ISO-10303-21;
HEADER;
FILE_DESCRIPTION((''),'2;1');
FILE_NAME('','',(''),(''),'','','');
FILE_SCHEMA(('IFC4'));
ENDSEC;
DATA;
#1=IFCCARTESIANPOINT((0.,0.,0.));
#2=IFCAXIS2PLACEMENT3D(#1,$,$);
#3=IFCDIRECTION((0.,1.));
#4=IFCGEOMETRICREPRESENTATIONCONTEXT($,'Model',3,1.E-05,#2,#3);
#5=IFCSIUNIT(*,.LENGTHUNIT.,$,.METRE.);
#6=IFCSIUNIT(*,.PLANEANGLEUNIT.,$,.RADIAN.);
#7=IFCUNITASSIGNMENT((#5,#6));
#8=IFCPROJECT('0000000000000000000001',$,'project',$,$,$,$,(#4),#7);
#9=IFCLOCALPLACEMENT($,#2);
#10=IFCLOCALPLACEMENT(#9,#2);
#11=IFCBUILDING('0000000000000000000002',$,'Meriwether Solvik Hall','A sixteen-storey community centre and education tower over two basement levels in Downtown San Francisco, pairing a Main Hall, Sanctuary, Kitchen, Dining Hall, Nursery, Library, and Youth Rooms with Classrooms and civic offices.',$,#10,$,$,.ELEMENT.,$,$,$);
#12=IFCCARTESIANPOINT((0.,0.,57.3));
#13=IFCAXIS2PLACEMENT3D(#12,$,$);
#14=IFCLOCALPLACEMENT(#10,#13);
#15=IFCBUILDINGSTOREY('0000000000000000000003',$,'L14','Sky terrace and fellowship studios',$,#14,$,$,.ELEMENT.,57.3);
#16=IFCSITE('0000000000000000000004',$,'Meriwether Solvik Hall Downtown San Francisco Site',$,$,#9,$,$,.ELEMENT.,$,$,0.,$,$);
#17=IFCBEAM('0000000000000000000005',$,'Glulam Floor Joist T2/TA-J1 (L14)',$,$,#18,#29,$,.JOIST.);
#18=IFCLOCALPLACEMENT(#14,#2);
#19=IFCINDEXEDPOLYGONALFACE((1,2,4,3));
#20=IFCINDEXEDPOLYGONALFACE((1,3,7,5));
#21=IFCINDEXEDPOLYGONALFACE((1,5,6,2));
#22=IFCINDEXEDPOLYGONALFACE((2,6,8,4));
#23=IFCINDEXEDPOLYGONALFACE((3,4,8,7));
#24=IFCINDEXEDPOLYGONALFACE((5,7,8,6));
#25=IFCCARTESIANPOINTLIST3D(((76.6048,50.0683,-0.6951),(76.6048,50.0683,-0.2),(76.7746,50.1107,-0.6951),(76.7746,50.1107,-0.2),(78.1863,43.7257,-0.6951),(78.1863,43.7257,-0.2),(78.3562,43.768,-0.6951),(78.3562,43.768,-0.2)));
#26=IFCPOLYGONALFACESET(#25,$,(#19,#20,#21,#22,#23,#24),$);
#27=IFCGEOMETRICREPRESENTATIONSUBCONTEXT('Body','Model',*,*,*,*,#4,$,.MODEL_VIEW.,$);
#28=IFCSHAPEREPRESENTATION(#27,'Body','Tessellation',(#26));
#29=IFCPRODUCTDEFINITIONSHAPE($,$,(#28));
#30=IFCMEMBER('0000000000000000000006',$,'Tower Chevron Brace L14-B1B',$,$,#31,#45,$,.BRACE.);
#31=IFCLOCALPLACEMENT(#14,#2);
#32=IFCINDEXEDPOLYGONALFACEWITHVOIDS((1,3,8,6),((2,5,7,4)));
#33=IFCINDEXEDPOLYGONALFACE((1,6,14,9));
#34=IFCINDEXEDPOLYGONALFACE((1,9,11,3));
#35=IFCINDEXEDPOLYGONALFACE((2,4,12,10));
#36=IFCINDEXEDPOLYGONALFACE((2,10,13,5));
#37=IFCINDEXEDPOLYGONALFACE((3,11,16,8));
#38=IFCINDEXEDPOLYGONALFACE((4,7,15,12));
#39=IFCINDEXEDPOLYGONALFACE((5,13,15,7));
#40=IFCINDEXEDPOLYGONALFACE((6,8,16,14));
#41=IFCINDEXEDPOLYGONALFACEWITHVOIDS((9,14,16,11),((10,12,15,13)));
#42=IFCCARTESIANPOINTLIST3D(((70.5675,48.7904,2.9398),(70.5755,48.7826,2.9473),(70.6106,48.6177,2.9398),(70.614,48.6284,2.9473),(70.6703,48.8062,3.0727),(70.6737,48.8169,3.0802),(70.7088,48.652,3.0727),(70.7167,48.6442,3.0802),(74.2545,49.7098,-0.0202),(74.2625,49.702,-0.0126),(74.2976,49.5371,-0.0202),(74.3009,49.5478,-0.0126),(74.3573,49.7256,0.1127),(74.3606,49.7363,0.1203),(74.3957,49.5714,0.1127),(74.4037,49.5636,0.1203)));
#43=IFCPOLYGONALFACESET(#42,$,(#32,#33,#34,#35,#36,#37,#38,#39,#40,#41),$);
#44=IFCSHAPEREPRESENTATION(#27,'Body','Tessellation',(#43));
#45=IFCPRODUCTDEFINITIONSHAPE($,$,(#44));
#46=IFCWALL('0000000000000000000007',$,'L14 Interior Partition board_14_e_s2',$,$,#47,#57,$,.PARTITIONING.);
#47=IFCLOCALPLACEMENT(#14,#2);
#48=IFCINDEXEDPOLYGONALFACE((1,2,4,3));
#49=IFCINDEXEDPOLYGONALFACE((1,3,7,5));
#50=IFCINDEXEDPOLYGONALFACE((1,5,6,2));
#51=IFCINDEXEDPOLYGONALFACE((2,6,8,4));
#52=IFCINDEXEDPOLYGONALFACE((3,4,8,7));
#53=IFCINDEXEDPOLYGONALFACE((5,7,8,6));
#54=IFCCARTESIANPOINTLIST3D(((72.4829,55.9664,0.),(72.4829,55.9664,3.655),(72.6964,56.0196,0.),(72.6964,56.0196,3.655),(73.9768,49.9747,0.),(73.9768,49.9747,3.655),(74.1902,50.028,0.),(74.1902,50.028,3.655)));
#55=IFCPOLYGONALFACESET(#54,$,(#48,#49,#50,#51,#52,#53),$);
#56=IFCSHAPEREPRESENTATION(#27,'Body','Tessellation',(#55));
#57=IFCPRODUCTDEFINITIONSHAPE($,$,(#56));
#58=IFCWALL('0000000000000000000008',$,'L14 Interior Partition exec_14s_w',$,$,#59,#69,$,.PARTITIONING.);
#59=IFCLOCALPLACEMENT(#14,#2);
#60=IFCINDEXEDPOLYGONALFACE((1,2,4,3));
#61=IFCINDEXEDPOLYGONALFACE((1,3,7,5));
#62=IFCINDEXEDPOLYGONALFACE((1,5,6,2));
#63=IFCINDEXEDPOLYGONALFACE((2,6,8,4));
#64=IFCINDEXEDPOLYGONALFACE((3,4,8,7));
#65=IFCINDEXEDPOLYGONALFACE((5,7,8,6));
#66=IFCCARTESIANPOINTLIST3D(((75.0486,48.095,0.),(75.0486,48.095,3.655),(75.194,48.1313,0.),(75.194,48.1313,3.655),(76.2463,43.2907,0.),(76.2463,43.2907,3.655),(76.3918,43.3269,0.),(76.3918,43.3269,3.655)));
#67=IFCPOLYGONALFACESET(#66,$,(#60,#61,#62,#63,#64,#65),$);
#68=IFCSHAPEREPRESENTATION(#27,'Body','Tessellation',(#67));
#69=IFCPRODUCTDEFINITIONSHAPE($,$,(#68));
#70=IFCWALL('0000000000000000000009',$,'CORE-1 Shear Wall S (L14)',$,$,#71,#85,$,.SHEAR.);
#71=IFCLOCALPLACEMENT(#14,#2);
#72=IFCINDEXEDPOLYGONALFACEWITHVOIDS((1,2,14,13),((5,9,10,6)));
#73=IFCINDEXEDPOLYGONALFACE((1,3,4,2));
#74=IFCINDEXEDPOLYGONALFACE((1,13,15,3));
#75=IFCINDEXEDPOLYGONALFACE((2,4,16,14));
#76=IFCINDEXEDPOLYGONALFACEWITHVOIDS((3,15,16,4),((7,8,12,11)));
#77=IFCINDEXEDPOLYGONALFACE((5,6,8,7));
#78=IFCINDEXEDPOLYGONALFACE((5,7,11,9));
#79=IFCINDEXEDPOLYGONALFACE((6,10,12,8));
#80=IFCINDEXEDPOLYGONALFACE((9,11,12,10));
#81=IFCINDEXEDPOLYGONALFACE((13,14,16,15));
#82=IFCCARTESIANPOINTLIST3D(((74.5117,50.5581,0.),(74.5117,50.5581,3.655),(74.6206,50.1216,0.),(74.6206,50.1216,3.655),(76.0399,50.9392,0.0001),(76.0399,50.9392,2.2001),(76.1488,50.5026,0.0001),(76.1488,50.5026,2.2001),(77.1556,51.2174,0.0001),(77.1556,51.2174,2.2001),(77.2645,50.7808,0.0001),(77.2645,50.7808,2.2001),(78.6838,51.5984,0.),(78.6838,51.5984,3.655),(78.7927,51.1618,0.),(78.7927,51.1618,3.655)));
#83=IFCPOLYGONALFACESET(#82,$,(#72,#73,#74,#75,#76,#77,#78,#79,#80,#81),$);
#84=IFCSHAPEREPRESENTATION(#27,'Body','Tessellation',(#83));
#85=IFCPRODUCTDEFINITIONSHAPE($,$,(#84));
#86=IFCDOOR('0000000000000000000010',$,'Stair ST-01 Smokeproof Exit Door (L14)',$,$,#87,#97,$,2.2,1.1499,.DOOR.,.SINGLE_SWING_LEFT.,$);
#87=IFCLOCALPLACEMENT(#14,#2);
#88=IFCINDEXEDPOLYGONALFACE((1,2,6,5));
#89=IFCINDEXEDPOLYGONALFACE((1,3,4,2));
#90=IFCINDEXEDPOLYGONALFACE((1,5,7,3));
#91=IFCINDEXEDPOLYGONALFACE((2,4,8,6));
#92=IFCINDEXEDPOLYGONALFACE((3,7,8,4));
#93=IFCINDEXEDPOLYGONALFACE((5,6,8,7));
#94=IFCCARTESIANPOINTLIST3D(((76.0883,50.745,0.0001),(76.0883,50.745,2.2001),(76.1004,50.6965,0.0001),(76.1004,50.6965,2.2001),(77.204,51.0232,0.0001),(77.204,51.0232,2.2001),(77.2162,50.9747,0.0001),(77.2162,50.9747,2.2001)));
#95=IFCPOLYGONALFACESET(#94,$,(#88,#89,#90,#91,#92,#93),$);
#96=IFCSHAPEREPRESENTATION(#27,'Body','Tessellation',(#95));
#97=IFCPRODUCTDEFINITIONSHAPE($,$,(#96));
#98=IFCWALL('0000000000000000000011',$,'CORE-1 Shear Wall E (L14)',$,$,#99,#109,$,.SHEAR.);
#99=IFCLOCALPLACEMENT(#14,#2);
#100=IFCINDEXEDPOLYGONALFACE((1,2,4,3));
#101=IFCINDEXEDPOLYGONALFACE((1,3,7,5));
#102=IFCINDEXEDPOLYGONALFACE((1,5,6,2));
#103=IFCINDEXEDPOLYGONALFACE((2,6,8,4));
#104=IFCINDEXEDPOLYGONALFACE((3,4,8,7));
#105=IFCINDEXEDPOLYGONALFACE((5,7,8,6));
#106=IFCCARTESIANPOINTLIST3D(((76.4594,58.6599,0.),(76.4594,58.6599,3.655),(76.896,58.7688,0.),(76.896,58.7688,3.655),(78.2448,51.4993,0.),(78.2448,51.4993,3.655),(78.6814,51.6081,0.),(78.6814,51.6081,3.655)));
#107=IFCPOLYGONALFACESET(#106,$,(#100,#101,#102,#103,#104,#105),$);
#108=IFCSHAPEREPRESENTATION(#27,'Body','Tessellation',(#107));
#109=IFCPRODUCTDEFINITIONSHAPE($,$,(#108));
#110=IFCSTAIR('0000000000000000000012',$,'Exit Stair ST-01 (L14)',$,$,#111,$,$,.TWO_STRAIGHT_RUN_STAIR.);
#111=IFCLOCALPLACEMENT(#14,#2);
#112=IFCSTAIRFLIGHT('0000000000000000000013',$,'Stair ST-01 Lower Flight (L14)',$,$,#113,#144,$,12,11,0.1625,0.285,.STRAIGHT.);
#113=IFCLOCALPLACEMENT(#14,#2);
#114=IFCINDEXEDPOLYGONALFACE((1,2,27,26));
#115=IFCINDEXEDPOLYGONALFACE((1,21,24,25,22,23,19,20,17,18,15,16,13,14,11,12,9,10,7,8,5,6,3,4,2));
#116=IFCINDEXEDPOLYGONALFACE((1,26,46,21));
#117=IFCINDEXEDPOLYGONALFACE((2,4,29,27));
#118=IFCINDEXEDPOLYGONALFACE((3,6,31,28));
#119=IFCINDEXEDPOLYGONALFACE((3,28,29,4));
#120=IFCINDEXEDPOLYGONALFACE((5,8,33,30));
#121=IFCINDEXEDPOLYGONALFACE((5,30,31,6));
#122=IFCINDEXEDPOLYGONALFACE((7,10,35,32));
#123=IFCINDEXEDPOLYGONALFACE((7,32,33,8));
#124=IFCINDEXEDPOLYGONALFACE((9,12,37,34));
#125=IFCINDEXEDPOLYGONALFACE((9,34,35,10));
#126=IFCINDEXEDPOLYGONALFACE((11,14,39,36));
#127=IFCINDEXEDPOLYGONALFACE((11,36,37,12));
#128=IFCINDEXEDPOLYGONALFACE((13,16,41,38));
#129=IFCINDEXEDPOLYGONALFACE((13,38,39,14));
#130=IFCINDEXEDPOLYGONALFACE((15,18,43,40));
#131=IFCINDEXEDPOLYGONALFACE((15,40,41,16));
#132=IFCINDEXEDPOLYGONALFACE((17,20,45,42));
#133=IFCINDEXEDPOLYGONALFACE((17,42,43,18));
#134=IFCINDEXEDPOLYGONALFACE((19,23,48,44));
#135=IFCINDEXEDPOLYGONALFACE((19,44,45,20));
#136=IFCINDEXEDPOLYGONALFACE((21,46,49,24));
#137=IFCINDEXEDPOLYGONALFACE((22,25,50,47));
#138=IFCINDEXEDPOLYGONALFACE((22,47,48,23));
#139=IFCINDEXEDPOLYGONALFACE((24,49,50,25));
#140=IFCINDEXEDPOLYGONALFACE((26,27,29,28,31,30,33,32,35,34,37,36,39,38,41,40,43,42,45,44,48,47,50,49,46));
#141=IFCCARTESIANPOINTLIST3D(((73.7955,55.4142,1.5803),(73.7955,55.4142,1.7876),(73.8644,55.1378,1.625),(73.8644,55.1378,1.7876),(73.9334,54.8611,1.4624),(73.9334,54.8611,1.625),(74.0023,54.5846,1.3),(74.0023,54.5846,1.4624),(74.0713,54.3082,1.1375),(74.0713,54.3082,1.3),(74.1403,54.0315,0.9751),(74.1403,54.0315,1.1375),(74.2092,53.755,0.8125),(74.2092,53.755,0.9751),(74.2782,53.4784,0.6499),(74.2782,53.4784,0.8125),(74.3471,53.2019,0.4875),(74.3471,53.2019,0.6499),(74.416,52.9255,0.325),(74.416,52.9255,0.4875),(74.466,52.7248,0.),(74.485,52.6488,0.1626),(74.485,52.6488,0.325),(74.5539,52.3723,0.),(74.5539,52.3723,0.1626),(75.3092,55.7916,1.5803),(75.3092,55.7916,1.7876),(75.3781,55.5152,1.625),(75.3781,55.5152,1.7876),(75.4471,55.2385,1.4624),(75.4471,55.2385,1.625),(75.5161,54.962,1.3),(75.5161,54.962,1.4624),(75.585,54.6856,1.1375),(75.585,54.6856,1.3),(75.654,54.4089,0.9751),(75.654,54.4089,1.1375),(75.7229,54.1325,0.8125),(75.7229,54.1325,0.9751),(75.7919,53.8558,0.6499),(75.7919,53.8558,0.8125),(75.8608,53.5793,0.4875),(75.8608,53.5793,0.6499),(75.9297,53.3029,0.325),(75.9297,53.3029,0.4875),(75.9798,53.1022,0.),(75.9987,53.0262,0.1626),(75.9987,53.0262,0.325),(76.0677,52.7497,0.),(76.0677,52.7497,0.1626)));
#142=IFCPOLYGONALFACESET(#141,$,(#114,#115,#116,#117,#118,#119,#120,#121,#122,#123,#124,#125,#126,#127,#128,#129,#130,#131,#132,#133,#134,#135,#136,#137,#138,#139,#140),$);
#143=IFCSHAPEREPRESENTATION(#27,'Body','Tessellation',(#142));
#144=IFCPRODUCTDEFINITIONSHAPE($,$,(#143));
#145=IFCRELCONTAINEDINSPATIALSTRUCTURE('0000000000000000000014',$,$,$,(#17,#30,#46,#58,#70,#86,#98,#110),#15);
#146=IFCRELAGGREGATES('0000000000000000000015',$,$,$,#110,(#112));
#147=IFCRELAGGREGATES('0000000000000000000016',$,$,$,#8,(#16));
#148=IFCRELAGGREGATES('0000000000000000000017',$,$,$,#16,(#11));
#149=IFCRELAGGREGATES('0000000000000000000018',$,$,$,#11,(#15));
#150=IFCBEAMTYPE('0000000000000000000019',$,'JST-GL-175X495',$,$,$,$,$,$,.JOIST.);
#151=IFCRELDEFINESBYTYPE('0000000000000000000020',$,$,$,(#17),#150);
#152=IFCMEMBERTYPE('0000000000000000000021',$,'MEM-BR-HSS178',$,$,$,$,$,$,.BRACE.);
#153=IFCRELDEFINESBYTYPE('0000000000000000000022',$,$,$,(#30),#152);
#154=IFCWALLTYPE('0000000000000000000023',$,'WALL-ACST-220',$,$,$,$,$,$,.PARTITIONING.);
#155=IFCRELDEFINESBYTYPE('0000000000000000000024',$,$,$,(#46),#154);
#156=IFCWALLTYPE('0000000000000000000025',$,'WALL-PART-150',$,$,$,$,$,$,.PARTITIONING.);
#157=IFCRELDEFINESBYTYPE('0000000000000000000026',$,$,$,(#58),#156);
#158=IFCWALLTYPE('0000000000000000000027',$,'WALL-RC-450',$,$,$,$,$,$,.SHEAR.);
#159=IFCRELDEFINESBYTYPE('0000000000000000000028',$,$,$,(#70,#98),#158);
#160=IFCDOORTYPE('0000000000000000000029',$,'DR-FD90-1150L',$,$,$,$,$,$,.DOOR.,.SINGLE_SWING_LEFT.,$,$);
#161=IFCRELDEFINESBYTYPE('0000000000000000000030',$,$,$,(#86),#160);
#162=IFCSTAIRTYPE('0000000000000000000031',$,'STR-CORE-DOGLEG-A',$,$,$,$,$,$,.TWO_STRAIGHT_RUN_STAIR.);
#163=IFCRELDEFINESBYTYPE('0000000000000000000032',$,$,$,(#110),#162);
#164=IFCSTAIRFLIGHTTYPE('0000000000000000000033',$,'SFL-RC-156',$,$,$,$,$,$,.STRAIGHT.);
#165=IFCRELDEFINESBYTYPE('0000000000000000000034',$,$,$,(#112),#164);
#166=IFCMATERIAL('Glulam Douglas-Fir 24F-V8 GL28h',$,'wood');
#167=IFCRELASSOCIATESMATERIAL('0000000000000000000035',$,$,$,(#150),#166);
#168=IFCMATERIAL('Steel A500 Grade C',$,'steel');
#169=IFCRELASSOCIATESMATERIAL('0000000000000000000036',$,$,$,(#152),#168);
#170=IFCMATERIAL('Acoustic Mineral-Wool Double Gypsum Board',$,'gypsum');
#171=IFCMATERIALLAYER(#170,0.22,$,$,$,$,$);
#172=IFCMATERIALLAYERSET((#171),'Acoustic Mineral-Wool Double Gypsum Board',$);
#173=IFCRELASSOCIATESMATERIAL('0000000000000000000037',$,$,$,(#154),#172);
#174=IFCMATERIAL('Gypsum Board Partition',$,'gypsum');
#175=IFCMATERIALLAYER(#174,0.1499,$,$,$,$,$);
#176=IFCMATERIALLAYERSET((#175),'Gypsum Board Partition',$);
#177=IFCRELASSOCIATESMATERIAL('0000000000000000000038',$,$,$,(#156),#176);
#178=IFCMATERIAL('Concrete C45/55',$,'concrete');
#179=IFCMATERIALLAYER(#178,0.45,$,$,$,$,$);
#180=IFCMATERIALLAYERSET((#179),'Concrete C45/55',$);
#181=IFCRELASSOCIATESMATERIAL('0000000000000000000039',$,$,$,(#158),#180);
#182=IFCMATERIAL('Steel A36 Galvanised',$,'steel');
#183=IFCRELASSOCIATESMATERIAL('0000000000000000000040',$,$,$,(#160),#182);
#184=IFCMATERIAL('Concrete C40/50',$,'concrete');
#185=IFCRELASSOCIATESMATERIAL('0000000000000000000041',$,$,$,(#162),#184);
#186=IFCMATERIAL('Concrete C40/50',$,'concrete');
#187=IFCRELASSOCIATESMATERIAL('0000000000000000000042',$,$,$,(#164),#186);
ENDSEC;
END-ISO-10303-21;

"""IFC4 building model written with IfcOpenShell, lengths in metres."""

from ifc_helpers import new_model, si_unit, direction, frame, frame_2d, origin, origin_2d, place, context, subcontext, project, spatial, polyline, rectangle, hollow_rectangle, outline, extrude, material, layer, layer_set, material_profile, profile_set, type_object, element, fill, aggregate, save


model = new_model("IFC4")

# Units and contexts
model_context = context("Model", 3, precision=1e-05, world=origin(), true_north=direction((0.0, 1.0)))
body_context = subcontext(model_context, "Body", "Model", "MODEL_VIEW")
ifc_project = project(units=[si_unit("LENGTHUNIT", "METRE"), si_unit("PLANEANGLEUNIT", "RADIAN")], contexts=[model_context])

# Site, building, storey
site_placement = place(None, origin())
site = spatial("IfcSite", under=ifc_project, at=site_placement, Name="Meriwether Solvik Hall Downtown San Francisco Site", CompositionType="ELEMENT", RefElevation=0.0)
building_placement = place(site_placement, origin())
building = spatial("IfcBuilding", under=site, at=building_placement, Name="Meriwether Solvik Hall", Description="A sixteen-storey community centre and education tower over two basement levels in Downtown San Francisco, pairing a Main Hall, Sanctuary, Kitchen, Dining Hall, Nursery, Library, and Youth Rooms with Classrooms and civic offices.", CompositionType="ELEMENT")
storey_placement = place(building_placement, frame((0.0, 0.0, 57.3)))
storey = spatial("IfcBuildingStorey", under=building, at=storey_placement, Name="L14", Description="Sky terrace and fellowship studios", CompositionType="ELEMENT", Elevation=57.3)

# Beam
ifc_material_1 = material(Name="Glulam Douglas-Fir 24F-V8 GL28h", Category="wood")
ifc_material_profile_1 = material_profile(ifc_material_1, rectangle(XDim=0.175, YDim=0.4951, at=origin_2d()), Name="GLJ-175X495")
ifc_profile_set_1 = profile_set([ifc_material_profile_1], Name="Glulam Douglas-Fir 24F-V8 GL28h")
beam_type_1 = type_object("IfcBeamType", Name="JST-GL-175X495", PredefinedType="JOIST", material=ifc_profile_set_1)
beam_1_placement = place(storey_placement, frame((78.2712, 43.7468, -0.4475), z_axis=(-0.241938, 0.970292, 0.0), x_axis=(-0.970292, -0.241938, 0.0)))
element("IfcBeam", 1, at=beam_1_placement, inside=storey, type_object=beam_type_1, Name="Glulam Floor Joist T2/TA-J1 (L14)", PredefinedType="JOIST", context=body_context, shape_type="SweptSolid", body=[
    extrude(rectangle(XDim=0.175, YDim=0.4951, at=origin_2d()), origin(), (0.0, 0.0, 1.0), 6.5369),
])

# Member
ifc_material_2 = material(Name="Steel A500 Grade C", Category="steel")
ifc_material_profile_2 = material_profile(ifc_material_2, hollow_rectangle(XDim=0.178, YDim=0.178, WallThickness=0.0095, at=origin_2d()), Name="HSS178X178X9.5")
ifc_profile_set_2 = profile_set([ifc_material_profile_2], Name="Steel A500 Grade C")
member_type_1 = type_object("IfcMemberType", Name="MEM-BR-HSS178", PredefinedType="BRACE", material=ifc_profile_set_2)
member_1_placement = place(storey_placement, frame((74.3291, 49.6367, 0.05), z_axis=(-0.765461, -0.190884, 0.614518), x_axis=(0.241961, -0.970286, 0.0)))
element("IfcMember", 2, at=member_1_placement, inside=storey, type_object=member_type_1, Name="Tower Chevron Brace L14-B1B", PredefinedType="BRACE", context=body_context, shape_type="SweptSolid", body=[
    extrude(hollow_rectangle(XDim=0.178, YDim=0.178, WallThickness=0.0095, at=origin_2d()), origin(), (0.0, 0.0, 1.0), 4.8167),
])

# Walls
ifc_material_3 = material(Name="Acoustic Mineral-Wool Double Gypsum Board", Category="gypsum")
ifc_layer_1 = layer(ifc_material_3, 0.22)
ifc_layer_set_1 = layer_set([ifc_layer_1], Name="Acoustic Mineral-Wool Double Gypsum Board")
wall_type_1 = type_object("IfcWallType", Name="WALL-ACST-220", PredefinedType="PARTITIONING", material=ifc_layer_set_1)
wall_1_placement = place(storey_placement, frame((74.0835, 50.0015, 0.0), z_axis=(0.0, 0.0, 1.0), x_axis=(-0.241922, 0.970296, 0.0)))
element("IfcWall", 3, at=wall_1_placement, inside=storey, type_object=wall_type_1, Name="L14 Interior Partition board_14_e_s2", PredefinedType="PARTITIONING", context=body_context, shape_type="SweptSolid", body=[
    extrude(rectangle(XDim=6.175, YDim=0.22, at=frame_2d((3.0874, 0.0))), origin(), (0.0, 0.0, 1.0), 3.655),
])
ifc_material_4 = material(Name="Gypsum Board Partition", Category="gypsum")
ifc_layer_2 = layer(ifc_material_4, 0.1499)
ifc_layer_set_2 = layer_set([ifc_layer_2], Name="Gypsum Board Partition")
wall_type_2 = type_object("IfcWallType", Name="WALL-PART-150", PredefinedType="PARTITIONING", material=ifc_layer_set_2)
wall_2_placement = place(storey_placement, frame((75.1213, 48.113, 0.0), z_axis=(0.0, 0.0, 1.0), x_axis=(0.241897, -0.970302, 0.0)))
element("IfcWall", 4, at=wall_2_placement, inside=storey, type_object=wall_type_2, Name="L14 Interior Partition exec_14s_w", PredefinedType="PARTITIONING", context=body_context, shape_type="SweptSolid", body=[
    extrude(rectangle(XDim=4.9514, YDim=0.1499, at=frame_2d((2.4756, 0.0))), origin(), (0.0, 0.0, 1.0), 3.655),
])

# Wall, opening, door
ifc_material_5 = material(Name="Concrete C45/55", Category="concrete")
ifc_layer_3 = layer(ifc_material_5, 0.45)
ifc_layer_set_3 = layer_set([ifc_layer_3], Name="Concrete C45/55")
wall_type_3 = type_object("IfcWallType", Name="WALL-RC-450", PredefinedType="SHEAR", material=ifc_layer_set_3)
wall_3_placement = place(storey_placement, frame((74.5662, 50.3398, 0.0), z_axis=(0.0, 0.0, 1.0), x_axis=(0.970293, 0.241934, 0.0)))
wall_3 = element("IfcWall", 5, at=wall_3_placement, inside=storey, type_object=wall_type_3, Name="CORE-1 Shear Wall S (L14)", PredefinedType="SHEAR", context=body_context, shape_type="SweptSolid", body=[
    extrude(rectangle(XDim=4.2998, YDim=0.45, at=frame_2d((2.1499, 0.0))), origin(), (0.0, 0.0, 1.0), 3.655),
])
opening_placement = place(wall_3_placement, frame((1.575, 0.0, 0.0)))
opening = element("IfcOpeningElement", 6, at=opening_placement, cuts=wall_3, PredefinedType="OPENING", context=body_context, shape_type="SweptSolid", body=[
    extrude(rectangle(XDim=1.1499, YDim=2.2, at=frame_2d((0.575, 1.1001))), frame((0.0, 0.2368, 0.0), z_axis=(0.0, -1.0, 0.0), x_axis=(1.0, 0.0, 0.0)), (0.0, 0.0, 1.0), 0.4739),
])
ifc_material_6 = material(Name="Steel A36 Galvanised", Category="steel")
door_type = type_object("IfcDoorType", Name="DR-FD90-1150L", OperationType="SINGLE_SWING_LEFT", PredefinedType="DOOR", material=ifc_material_6)
door_placement = place(opening_placement, origin())
door = element("IfcDoor", 7, at=door_placement, inside=storey, type_object=door_type, Name="Stair ST-01 Smokeproof Exit Door (L14)", OperationType="SINGLE_SWING_LEFT", OverallHeight=2.2, OverallWidth=1.1499, PredefinedType="DOOR", context=body_context, shape_type="SweptSolid", body=[
    extrude(rectangle(XDim=1.1499, YDim=2.2, at=frame_2d((0.575, 1.1001))), frame((0.0, 0.0249, 0.0), z_axis=(0.0, -1.0, 0.0), x_axis=(1.0, 0.0, 0.0)), (0.0, 0.0, 1.0), 0.05),
])
fill(opening, door)

# Wall
wall_4_placement = place(storey_placement, frame((78.4631, 51.5537, 0.0), z_axis=(0.0, 0.0, 1.0), x_axis=(-0.241928, 0.970294, 0.0)))
element("IfcWall", 8, at=wall_4_placement, inside=storey, type_object=wall_type_3, Name="CORE-1 Shear Wall E (L14)", PredefinedType="SHEAR", context=body_context, shape_type="SweptSolid", body=[
    extrude(rectangle(XDim=7.3799, YDim=0.45, at=frame_2d((3.6899, 0.0))), origin(), (0.0, 0.0, 1.0), 3.655),
])

# Stair, stair flight
ifc_material_7 = material(Name="Concrete C40/50", Category="concrete")
stair_type = type_object("IfcStairType", Name="STR-CORE-DOGLEG-A", PredefinedType="TWO_STRAIGHT_RUN_STAIR", material=ifc_material_7)
stair_placement = place(storey_placement, origin())
stair = element("IfcStair", 9, at=stair_placement, inside=storey, type_object=stair_type, Name="Exit Stair ST-01 (L14)", PredefinedType="TWO_STRAIGHT_RUN_STAIR")
ifc_material_8 = material(Name="Concrete C40/50", Category="concrete")
stair_flight_type = type_object("IfcStairFlightType", Name="SFL-RC-156", PredefinedType="STRAIGHT", material=ifc_material_8)
stair_flight_1_placement = place(storey_placement, frame((75.3108, 52.561, 0.0), z_axis=(0.0, 0.0, 1.0), x_axis=(-0.241922, 0.970296, 0.0)))
stair_flight_1 = element("IfcStairFlight", 10, at=stair_flight_1_placement, type_object=stair_flight_type, Name="Stair ST-01 Lower Flight (L14)", NumberOfRisers=12, NumberOfTreads=11, PredefinedType="STRAIGHT", RiserHeight=0.1625, TreadLength=0.285, context=body_context, shape_type="SweptSolid", body=[
    extrude(outline(polyline([(0.0, 0.0), (0.0, 0.1626), (0.2849, 0.1626), (0.2849, 0.325), (0.5701, 0.325), (0.5701, 0.4875), (0.855, 0.4875), (0.855, 0.6499), (1.1399, 0.6499), (1.1399, 0.8125), (1.425, 0.8125), (1.425, 0.9751), (1.71, 0.9751), (1.71, 1.1375), (1.9951, 1.1375), (1.9951, 1.3), (2.28, 1.3), (2.28, 1.4624), (2.5649, 1.4624), (2.5649, 1.625), (2.8501, 1.625), (2.8501, 1.7876), (3.135, 1.7876), (3.135, 1.95), (3.135, 1.5803), (0.3633, 0.0), (0.0, 0.0)])), frame((0.0, 0.78, 0.0), z_axis=(0.0, -1.0, 0.0), x_axis=(1.0, 0.0, 0.0)), (0.0, 0.0, 1.0), 1.5601),
])
aggregate(stair, [stair_flight_1])

save(model, "model.ifc")
